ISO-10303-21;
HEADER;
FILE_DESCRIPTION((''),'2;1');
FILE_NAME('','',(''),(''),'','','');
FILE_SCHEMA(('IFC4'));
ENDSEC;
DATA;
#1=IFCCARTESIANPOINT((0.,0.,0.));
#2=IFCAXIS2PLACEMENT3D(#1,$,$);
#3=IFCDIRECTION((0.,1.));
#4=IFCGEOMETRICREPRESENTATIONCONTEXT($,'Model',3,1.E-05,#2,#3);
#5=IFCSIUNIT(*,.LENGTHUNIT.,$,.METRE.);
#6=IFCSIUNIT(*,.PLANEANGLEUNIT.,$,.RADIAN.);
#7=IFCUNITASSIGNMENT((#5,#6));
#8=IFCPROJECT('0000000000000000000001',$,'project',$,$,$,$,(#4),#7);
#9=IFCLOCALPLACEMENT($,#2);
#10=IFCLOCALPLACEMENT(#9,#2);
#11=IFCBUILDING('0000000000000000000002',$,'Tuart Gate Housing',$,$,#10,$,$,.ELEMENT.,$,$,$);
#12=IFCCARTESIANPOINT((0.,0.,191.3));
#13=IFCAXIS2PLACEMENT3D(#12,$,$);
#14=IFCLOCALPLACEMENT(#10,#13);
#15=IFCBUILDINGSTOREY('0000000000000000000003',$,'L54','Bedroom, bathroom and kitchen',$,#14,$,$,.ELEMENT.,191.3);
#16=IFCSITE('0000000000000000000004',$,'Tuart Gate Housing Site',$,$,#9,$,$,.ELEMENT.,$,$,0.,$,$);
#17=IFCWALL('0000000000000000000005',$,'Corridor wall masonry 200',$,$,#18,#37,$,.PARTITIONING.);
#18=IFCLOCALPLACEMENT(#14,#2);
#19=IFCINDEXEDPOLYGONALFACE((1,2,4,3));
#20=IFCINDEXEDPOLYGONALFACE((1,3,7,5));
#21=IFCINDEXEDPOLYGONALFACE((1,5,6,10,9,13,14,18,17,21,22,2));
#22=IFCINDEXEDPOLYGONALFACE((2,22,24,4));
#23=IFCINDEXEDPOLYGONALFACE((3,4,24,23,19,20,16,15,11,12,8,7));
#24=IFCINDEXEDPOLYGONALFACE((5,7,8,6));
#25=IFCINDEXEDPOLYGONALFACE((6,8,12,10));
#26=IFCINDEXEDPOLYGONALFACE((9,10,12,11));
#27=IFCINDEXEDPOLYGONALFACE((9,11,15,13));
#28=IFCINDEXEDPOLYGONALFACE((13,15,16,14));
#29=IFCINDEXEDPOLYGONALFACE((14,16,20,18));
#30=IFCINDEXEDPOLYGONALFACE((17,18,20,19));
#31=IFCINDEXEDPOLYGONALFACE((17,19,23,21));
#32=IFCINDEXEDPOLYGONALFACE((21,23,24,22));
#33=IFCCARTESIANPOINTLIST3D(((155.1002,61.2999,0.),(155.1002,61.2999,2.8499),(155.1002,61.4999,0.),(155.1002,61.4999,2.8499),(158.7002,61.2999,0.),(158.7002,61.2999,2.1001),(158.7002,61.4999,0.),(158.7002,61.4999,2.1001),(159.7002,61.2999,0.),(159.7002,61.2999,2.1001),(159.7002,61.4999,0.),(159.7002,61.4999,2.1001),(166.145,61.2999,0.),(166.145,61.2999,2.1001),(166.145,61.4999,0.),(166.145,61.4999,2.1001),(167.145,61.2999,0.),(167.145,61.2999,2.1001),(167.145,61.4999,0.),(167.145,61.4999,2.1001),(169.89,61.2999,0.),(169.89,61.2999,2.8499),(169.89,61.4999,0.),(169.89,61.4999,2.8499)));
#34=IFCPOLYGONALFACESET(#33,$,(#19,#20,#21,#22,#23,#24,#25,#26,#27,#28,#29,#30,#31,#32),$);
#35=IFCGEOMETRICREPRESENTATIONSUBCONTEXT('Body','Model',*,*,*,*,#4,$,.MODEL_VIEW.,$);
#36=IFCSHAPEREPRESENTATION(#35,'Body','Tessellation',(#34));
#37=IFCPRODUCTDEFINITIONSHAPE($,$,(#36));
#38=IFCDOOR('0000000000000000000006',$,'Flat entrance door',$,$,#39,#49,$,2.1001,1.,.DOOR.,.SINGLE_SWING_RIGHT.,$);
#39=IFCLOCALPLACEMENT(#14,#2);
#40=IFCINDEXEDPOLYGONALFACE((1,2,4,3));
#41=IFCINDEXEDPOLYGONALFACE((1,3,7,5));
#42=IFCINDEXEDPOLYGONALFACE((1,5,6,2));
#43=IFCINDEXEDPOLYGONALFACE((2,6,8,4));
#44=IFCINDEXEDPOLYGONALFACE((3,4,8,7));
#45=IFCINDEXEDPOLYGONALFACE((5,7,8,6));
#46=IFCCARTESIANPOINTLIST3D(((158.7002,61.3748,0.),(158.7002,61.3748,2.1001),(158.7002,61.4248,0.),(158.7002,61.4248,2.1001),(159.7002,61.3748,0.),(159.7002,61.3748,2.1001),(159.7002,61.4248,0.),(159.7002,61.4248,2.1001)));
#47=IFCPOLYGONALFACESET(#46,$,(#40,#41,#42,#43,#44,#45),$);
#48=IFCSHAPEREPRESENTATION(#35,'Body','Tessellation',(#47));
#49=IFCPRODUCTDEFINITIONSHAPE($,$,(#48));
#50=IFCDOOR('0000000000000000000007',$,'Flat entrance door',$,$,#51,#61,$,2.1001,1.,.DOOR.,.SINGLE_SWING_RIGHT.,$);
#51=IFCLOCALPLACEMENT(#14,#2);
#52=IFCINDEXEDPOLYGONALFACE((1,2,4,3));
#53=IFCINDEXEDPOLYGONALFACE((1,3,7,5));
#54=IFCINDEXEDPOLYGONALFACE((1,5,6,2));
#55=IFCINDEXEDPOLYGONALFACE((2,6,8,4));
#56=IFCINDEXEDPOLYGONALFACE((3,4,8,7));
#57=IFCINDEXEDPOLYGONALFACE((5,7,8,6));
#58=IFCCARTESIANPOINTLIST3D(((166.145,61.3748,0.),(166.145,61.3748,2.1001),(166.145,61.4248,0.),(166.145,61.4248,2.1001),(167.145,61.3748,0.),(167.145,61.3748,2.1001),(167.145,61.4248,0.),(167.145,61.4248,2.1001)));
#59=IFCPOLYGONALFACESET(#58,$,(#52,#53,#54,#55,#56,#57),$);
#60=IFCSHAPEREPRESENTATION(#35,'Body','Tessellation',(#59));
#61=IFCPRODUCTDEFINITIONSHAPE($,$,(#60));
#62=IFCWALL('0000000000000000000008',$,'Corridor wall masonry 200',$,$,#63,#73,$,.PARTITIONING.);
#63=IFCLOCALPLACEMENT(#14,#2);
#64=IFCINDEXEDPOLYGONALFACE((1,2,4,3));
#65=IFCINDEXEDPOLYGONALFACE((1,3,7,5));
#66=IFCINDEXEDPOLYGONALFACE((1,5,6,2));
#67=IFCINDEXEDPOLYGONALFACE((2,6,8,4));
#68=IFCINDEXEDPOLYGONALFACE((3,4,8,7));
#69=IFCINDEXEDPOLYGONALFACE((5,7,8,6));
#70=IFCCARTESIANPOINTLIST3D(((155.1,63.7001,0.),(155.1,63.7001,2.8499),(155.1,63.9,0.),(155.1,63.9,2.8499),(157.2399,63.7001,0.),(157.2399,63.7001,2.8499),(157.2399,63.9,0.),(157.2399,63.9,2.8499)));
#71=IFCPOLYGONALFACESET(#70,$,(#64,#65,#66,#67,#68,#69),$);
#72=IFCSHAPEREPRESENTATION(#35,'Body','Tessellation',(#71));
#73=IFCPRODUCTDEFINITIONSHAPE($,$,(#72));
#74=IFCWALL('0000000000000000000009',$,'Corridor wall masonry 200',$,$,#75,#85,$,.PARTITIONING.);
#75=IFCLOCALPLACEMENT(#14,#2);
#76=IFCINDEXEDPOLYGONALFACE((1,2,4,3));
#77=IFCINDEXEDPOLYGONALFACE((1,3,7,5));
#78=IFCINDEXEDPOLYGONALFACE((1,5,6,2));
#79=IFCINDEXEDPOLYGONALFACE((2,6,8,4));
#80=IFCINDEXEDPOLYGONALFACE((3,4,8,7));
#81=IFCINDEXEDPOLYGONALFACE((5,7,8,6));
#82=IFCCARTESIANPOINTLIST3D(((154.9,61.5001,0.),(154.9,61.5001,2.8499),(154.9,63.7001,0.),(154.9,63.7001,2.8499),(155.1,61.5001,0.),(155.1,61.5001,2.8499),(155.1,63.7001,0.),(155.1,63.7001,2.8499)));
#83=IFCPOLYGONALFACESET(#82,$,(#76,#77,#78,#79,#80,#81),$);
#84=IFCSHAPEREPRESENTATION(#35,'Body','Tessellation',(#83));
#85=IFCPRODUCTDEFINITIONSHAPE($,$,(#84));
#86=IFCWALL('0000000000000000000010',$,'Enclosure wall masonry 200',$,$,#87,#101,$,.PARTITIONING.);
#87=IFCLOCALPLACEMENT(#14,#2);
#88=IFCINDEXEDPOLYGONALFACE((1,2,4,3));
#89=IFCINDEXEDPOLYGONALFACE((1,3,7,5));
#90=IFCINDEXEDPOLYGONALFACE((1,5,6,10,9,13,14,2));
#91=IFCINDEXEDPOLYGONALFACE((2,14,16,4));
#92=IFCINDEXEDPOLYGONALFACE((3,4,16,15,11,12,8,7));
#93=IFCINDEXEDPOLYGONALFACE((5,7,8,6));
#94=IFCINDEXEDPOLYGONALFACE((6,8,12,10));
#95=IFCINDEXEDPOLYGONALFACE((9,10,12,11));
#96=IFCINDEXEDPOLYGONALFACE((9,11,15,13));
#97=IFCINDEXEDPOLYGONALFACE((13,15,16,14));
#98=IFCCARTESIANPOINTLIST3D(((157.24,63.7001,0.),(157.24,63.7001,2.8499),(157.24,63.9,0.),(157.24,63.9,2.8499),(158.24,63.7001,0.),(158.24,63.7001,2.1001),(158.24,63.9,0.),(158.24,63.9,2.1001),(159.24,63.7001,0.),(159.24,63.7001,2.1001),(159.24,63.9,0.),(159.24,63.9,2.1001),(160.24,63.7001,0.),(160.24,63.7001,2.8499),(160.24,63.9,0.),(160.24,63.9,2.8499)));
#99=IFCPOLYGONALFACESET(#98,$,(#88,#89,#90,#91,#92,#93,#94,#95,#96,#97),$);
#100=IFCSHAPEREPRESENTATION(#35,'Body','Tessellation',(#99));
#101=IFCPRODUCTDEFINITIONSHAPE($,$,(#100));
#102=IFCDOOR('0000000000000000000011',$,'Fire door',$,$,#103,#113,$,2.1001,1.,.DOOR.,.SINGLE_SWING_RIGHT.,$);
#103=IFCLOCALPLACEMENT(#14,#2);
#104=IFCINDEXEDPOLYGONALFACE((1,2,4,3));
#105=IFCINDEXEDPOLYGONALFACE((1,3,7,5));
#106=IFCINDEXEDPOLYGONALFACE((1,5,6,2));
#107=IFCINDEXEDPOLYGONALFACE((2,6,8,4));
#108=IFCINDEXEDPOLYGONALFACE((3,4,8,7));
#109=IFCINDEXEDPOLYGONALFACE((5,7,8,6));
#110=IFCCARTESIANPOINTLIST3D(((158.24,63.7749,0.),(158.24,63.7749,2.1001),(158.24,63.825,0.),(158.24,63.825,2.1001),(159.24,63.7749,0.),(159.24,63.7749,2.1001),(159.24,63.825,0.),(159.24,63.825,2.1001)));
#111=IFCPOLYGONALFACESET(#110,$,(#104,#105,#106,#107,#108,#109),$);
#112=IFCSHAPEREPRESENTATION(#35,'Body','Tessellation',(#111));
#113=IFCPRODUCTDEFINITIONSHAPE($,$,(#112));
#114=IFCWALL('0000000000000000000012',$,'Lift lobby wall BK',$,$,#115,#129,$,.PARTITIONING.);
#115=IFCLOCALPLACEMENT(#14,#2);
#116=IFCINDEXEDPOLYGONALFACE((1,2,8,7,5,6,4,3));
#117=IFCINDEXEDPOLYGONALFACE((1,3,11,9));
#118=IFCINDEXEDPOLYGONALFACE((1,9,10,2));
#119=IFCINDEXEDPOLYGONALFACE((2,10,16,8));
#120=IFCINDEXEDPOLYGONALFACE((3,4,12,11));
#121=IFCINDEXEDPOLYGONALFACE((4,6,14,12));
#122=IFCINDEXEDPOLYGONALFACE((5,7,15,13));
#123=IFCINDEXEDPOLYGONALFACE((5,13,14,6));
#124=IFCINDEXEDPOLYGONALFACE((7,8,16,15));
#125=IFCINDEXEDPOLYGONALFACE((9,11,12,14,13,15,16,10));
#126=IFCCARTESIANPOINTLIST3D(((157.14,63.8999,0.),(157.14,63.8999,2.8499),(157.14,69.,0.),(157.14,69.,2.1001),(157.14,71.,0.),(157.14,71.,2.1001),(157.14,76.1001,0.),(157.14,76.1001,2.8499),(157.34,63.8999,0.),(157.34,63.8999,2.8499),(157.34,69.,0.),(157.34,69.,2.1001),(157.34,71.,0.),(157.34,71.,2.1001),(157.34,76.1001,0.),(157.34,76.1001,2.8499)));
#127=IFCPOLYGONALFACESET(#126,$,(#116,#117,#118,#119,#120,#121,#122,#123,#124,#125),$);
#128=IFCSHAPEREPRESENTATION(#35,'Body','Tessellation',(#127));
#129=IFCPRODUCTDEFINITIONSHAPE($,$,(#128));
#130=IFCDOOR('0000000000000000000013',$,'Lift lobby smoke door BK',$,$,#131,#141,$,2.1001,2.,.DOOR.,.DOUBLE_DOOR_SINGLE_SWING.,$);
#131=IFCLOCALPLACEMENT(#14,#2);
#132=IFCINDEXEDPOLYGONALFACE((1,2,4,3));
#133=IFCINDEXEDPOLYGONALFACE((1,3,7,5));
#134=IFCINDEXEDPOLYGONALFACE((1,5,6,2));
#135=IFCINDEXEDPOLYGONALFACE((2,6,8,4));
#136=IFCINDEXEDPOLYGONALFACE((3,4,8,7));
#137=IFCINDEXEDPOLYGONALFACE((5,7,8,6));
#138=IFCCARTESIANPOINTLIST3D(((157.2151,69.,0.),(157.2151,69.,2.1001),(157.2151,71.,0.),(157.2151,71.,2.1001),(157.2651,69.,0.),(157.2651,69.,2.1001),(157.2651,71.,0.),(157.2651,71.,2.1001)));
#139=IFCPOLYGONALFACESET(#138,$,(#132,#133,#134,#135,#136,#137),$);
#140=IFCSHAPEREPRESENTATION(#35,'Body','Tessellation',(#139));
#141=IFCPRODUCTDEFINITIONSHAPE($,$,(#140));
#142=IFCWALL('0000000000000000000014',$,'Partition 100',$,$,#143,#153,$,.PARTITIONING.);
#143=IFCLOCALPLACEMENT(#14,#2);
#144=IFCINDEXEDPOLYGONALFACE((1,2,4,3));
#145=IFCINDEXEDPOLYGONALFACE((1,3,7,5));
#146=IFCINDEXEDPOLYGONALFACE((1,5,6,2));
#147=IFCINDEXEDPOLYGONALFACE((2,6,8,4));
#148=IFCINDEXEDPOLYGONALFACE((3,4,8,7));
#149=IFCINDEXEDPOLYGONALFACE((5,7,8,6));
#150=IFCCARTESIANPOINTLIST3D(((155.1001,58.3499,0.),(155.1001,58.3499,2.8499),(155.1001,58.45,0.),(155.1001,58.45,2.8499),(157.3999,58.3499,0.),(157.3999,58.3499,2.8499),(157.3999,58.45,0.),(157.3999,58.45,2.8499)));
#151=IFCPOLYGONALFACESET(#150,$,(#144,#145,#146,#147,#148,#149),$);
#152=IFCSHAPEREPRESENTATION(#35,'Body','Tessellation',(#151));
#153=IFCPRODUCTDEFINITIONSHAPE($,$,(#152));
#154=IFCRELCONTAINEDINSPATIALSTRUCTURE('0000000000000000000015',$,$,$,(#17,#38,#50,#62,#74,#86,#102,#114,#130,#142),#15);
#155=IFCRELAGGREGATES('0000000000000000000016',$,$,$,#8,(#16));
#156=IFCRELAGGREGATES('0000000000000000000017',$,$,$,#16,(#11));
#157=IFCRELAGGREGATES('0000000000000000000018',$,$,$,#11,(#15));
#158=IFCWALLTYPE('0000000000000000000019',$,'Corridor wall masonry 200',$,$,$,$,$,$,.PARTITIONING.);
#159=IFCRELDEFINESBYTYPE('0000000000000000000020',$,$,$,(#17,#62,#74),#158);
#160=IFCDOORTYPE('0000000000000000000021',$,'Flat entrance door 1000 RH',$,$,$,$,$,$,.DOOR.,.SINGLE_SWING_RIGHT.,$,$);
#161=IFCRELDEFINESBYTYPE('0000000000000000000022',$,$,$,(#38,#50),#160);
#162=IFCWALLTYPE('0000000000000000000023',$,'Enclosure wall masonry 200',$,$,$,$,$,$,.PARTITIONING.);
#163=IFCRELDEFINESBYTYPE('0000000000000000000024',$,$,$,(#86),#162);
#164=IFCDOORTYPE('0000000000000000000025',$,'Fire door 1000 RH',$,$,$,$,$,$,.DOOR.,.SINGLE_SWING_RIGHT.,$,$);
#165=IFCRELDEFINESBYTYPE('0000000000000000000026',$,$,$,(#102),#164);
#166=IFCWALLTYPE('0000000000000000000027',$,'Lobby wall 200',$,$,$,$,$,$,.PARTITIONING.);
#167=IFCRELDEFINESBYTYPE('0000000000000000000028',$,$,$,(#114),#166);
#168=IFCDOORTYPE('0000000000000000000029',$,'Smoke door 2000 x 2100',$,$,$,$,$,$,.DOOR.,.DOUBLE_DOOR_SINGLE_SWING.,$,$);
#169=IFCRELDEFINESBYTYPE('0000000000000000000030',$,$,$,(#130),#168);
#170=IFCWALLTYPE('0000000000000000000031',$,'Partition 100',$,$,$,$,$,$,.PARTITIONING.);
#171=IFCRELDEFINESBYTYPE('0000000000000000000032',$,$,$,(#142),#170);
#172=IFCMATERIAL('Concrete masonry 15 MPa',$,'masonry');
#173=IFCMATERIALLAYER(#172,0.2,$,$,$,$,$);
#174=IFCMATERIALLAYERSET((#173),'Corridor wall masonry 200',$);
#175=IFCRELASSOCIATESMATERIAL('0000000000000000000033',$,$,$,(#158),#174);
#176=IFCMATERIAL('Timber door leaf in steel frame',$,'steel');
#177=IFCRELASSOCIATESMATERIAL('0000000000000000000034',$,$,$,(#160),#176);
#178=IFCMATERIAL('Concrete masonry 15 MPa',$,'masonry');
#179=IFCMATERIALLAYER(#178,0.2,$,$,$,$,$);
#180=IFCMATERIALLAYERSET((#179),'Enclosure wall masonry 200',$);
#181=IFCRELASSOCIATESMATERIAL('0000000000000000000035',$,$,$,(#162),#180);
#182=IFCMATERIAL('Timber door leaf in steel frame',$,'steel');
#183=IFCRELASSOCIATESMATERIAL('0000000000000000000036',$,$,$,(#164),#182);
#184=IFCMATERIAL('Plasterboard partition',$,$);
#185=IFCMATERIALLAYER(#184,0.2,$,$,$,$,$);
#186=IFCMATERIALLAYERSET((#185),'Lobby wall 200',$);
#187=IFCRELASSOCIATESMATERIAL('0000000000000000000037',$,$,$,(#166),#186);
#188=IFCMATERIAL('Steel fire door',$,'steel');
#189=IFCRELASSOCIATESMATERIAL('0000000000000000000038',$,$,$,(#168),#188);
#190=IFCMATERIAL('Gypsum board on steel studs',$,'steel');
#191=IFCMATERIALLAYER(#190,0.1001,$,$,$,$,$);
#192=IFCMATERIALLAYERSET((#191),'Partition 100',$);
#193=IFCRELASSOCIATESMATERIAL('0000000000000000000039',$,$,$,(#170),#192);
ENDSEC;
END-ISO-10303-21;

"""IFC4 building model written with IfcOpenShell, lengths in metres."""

from ifc_helpers import new_model, si_unit, direction, frame, frame_2d, origin, place, context, subcontext, project, spatial, rectangle, extrude, material, layer, layer_set, type_object, element, fill, save


model = new_model("IFC4")

# Units and contexts
model_context = context("Model", 3, precision=1e-05, world=origin(), true_north=direction((0.0, 1.0)))
body_context = subcontext(model_context, "Body", "Model", "MODEL_VIEW")
ifc_project = project(units=[si_unit("LENGTHUNIT", "METRE"), si_unit("PLANEANGLEUNIT", "RADIAN")], contexts=[model_context])

# Site, building, storey
site_placement = place(None, origin())
site = spatial("IfcSite", under=ifc_project, at=site_placement, Name="Tuart Gate Housing Site", CompositionType="ELEMENT", RefElevation=0.0)
building_placement = place(site_placement, origin())
building = spatial("IfcBuilding", under=site, at=building_placement, Name="Tuart Gate Housing", CompositionType="ELEMENT")
storey_placement = place(building_placement, frame((0.0, 0.0, 191.3)))
storey = spatial("IfcBuildingStorey", under=building, at=storey_placement, Name="L54", Description="Bedroom, bathroom and kitchen", CompositionType="ELEMENT", Elevation=191.3)

# Wall, openings, doors
ifc_material_1 = material(Name="Concrete masonry 15 MPa", Category="masonry")
ifc_layer_1 = layer(ifc_material_1, 0.2)
ifc_layer_set_1 = layer_set([ifc_layer_1], Name="Corridor wall masonry 200")
wall_type_1 = type_object("IfcWallType", Name="Corridor wall masonry 200", PredefinedType="PARTITIONING", material=ifc_layer_set_1)
wall_1_placement = place(storey_placement, frame((155.1001, 61.3999, 0.0), z_axis=(0.0, 0.0, 1.0), x_axis=(1.0, 0.0, 0.0)))
wall_1 = element("IfcWall", 1, at=wall_1_placement, inside=storey, type_object=wall_type_1, Name="Corridor wall masonry 200", PredefinedType="PARTITIONING", context=body_context, shape_type="SweptSolid", body=[
    extrude(rectangle(XDim=14.7898, YDim=0.2, at=frame_2d((7.395, 0.0))), origin(), (0.0, 0.0, 1.0), 2.8499),
])
opening_1_placement = place(wall_1_placement, frame((3.6001, 0.0, 0.0)))
opening_1 = element("IfcOpeningElement", 2, at=opening_1_placement, cuts=wall_1, PredefinedType="OPENING", context=body_context, shape_type="SweptSolid", body=[
    extrude(rectangle(XDim=1.0, YDim=2.1001, at=frame_2d((0.5, 1.05))), frame((0.0, 0.1099, 0.0), z_axis=(0.0, -1.0, 0.0), x_axis=(1.0, 0.0, 0.0)), (0.0, 0.0, 1.0), 0.22),
])
opening_2_placement = place(wall_1_placement, frame((11.0449, 0.0, 0.0)))
opening_2 = element("IfcOpeningElement", 3, at=opening_2_placement, cuts=wall_1, PredefinedType="OPENING", context=body_context, shape_type="SweptSolid", body=[
    extrude(rectangle(XDim=1.0, YDim=2.1001, at=frame_2d((0.5, 1.05))), frame((0.0, 0.1099, 0.0), z_axis=(0.0, -1.0, 0.0), x_axis=(1.0, 0.0, 0.0)), (0.0, 0.0, 1.0), 0.22),
])
ifc_material_2 = material(Name="Timber door leaf in steel frame", Category="steel")
door_type_1 = type_object("IfcDoorType", Name="Flat entrance door 1000 RH", OperationType="SINGLE_SWING_RIGHT", PredefinedType="DOOR", material=ifc_material_2)
door_1_placement = place(opening_1_placement, frame((1.0, 0.0, 0.0), z_axis=(0.0, 0.0, 1.0), x_axis=(-1.0, 0.0, 0.0)))
door_1 = element("IfcDoor", 4, at=door_1_placement, inside=storey, type_object=door_type_1, Name="Flat entrance door", OperationType="SINGLE_SWING_RIGHT", OverallHeight=2.1001, OverallWidth=1.0, PredefinedType="DOOR", context=body_context, shape_type="SweptSolid", body=[
    extrude(rectangle(XDim=1.0, YDim=2.1001, at=frame_2d((0.5, 1.05))), frame((0.0, 0.0251, 0.0), z_axis=(0.0, -1.0, 0.0), x_axis=(1.0, 0.0, 0.0)), (0.0, 0.0, 1.0), 0.05),
])
fill(opening_1, door_1)
door_2_placement = place(opening_2_placement, frame((1.0, 0.0, 0.0), z_axis=(0.0, 0.0, 1.0), x_axis=(-1.0, 0.0, 0.0)))
door_2 = element("IfcDoor", 5, at=door_2_placement, inside=storey, type_object=door_type_1, Name="Flat entrance door", OperationType="SINGLE_SWING_RIGHT", OverallHeight=2.1001, OverallWidth=1.0, PredefinedType="DOOR", context=body_context, shape_type="SweptSolid", body=[
    extrude(rectangle(XDim=1.0, YDim=2.1001, at=frame_2d((0.5, 1.05))), frame((0.0, 0.0251, 0.0), z_axis=(0.0, -1.0, 0.0), x_axis=(1.0, 0.0, 0.0)), (0.0, 0.0, 1.0), 0.05),
])
fill(opening_2, door_2)

# Walls
wall_2_placement = place(storey_placement, frame((155.1001, 63.8, 0.0), z_axis=(0.0, 0.0, 1.0), x_axis=(1.0, 0.0, 0.0)))
element("IfcWall", 6, at=wall_2_placement, inside=storey, type_object=wall_type_1, Name="Corridor wall masonry 200", PredefinedType="PARTITIONING", context=body_context, shape_type="SweptSolid", body=[
    extrude(rectangle(XDim=2.1399, YDim=0.2, at=frame_2d((1.0698, 0.0))), origin(), (0.0, 0.0, 1.0), 2.8499),
])
wall_3_placement = place(storey_placement, frame((155.0, 61.5, 0.0), z_axis=(0.0, 0.0, 1.0), x_axis=(0.0, 1.0, 0.0)))
element("IfcWall", 7, at=wall_3_placement, inside=storey, type_object=wall_type_1, Name="Corridor wall masonry 200", PredefinedType="PARTITIONING", context=body_context, shape_type="SweptSolid", body=[
    extrude(rectangle(XDim=2.2, YDim=0.2, at=frame_2d((1.1001, 0.0))), origin(), (0.0, 0.0, 1.0), 2.8499),
])

# Walls, openings, doors
ifc_material_3 = material(Name="Concrete masonry 15 MPa", Category="masonry")
ifc_layer_2 = layer(ifc_material_3, 0.2)
ifc_layer_set_2 = layer_set([ifc_layer_2], Name="Enclosure wall masonry 200")
wall_type_2 = type_object("IfcWallType", Name="Enclosure wall masonry 200", PredefinedType="PARTITIONING", material=ifc_layer_set_2)
wall_4_placement = place(storey_placement, frame((157.24, 63.8, 0.0), z_axis=(0.0, 0.0, 1.0), x_axis=(1.0, 0.0, 0.0)))
wall_4 = element("IfcWall", 8, at=wall_4_placement, inside=storey, type_object=wall_type_2, Name="Enclosure wall masonry 200", PredefinedType="PARTITIONING", context=body_context, shape_type="SweptSolid", body=[
    extrude(rectangle(XDim=3.0, YDim=0.2, at=frame_2d((1.5, 0.0))), origin(), (0.0, 0.0, 1.0), 2.8499),
])
opening_3_placement = place(wall_4_placement, frame((1.0, 0.0, 0.0)))
opening_3 = element("IfcOpeningElement", 9, at=opening_3_placement, cuts=wall_4, PredefinedType="OPENING", context=body_context, shape_type="SweptSolid", body=[
    extrude(rectangle(XDim=1.0, YDim=2.1001, at=frame_2d((0.5, 1.05))), frame((0.0, 0.1099, 0.0), z_axis=(0.0, -1.0, 0.0), x_axis=(1.0, 0.0, 0.0)), (0.0, 0.0, 1.0), 0.22),
])
ifc_material_4 = material(Name="Timber door leaf in steel frame", Category="steel")
door_type_2 = type_object("IfcDoorType", Name="Fire door 1000 RH", OperationType="SINGLE_SWING_RIGHT", PredefinedType="DOOR", material=ifc_material_4)
door_3_placement = place(opening_3_placement, frame((1.0, 0.0, 0.0), z_axis=(0.0, 0.0, 1.0), x_axis=(-1.0, 0.0, 0.0)))
door_3 = element("IfcDoor", 10, at=door_3_placement, inside=storey, type_object=door_type_2, Name="Fire door", OperationType="SINGLE_SWING_RIGHT", OverallHeight=2.1001, OverallWidth=1.0, PredefinedType="DOOR", context=body_context, shape_type="SweptSolid", body=[
    extrude(rectangle(XDim=1.0, YDim=2.1001, at=frame_2d((0.5, 1.05))), frame((0.0, 0.0251, 0.0), z_axis=(0.0, -1.0, 0.0), x_axis=(1.0, 0.0, 0.0)), (0.0, 0.0, 1.0), 0.05),
])
fill(opening_3, door_3)
ifc_material_5 = material(Name="Plasterboard partition")
ifc_layer_3 = layer(ifc_material_5, 0.2)
ifc_layer_set_3 = layer_set([ifc_layer_3], Name="Lobby wall 200")
wall_type_3 = type_object("IfcWallType", Name="Lobby wall 200", PredefinedType="PARTITIONING", material=ifc_layer_set_3)
wall_5_placement = place(storey_placement, frame((157.24, 63.8999, 0.0), z_axis=(0.0, 0.0, 1.0), x_axis=(0.0, 1.0, 0.0)))
wall_5 = element("IfcWall", 11, at=wall_5_placement, inside=storey, type_object=wall_type_3, Name="Lift lobby wall BK", PredefinedType="PARTITIONING", context=body_context, shape_type="SweptSolid", body=[
    extrude(rectangle(XDim=12.2002, YDim=0.2, at=frame_2d((6.1001, 0.0))), origin(), (0.0, 0.0, 1.0), 2.8499),
])
opening_4_placement = place(wall_5_placement, frame((5.1001, 0.0, 0.0)))
opening_4 = element("IfcOpeningElement", 12, at=opening_4_placement, cuts=wall_5, PredefinedType="OPENING", context=body_context, shape_type="SweptSolid", body=[
    extrude(rectangle(XDim=2.0, YDim=2.1001, at=frame_2d((1.0, 1.05))), frame((0.0, 0.1099, 0.0), z_axis=(0.0, -1.0, 0.0), x_axis=(1.0, 0.0, 0.0)), (0.0, 0.0, 1.0), 0.22),
])
ifc_material_6 = material(Name="Steel fire door", Category="steel")
door_type_3 = type_object("IfcDoorType", Name="Smoke door 2000 x 2100", OperationType="DOUBLE_DOOR_SINGLE_SWING", PredefinedType="DOOR", material=ifc_material_6)
door_4_placement = place(opening_4_placement, frame((2.0, 0.0, 0.0), z_axis=(0.0, 0.0, 1.0), x_axis=(-1.0, 0.0, 0.0)))
door_4 = element("IfcDoor", 13, at=door_4_placement, inside=storey, type_object=door_type_3, Name="Lift lobby smoke door BK", OperationType="DOUBLE_DOOR_SINGLE_SWING", OverallHeight=2.1001, OverallWidth=2.0, PredefinedType="DOOR", context=body_context, shape_type="SweptSolid", body=[
    extrude(rectangle(XDim=2.0, YDim=2.1001, at=frame_2d((1.0, 1.05))), frame((0.0, 0.0251, 0.0), z_axis=(0.0, -1.0, 0.0), x_axis=(1.0, 0.0, 0.0)), (0.0, 0.0, 1.0), 0.05),
])
fill(opening_4, door_4)

# Wall
ifc_material_7 = material(Name="Gypsum board on steel studs", Category="steel")
ifc_layer_4 = layer(ifc_material_7, 0.1001)
ifc_layer_set_4 = layer_set([ifc_layer_4], Name="Partition 100")
wall_type_4 = type_object("IfcWallType", Name="Partition 100", PredefinedType="PARTITIONING", material=ifc_layer_set_4)
wall_6_placement = place(storey_placement, frame((155.1001, 58.3999, 0.0), z_axis=(0.0, 0.0, 1.0), x_axis=(1.0, 0.0, 0.0)))
element("IfcWall", 14, at=wall_6_placement, inside=storey, type_object=wall_type_4, Name="Partition 100", PredefinedType="PARTITIONING", context=body_context, shape_type="SweptSolid", body=[
    extrude(rectangle(XDim=2.2998, YDim=0.1001, at=frame_2d((1.1499, 0.0))), origin(), (0.0, 0.0, 1.0), 2.8499),
])

save(model, "model.ifc")
